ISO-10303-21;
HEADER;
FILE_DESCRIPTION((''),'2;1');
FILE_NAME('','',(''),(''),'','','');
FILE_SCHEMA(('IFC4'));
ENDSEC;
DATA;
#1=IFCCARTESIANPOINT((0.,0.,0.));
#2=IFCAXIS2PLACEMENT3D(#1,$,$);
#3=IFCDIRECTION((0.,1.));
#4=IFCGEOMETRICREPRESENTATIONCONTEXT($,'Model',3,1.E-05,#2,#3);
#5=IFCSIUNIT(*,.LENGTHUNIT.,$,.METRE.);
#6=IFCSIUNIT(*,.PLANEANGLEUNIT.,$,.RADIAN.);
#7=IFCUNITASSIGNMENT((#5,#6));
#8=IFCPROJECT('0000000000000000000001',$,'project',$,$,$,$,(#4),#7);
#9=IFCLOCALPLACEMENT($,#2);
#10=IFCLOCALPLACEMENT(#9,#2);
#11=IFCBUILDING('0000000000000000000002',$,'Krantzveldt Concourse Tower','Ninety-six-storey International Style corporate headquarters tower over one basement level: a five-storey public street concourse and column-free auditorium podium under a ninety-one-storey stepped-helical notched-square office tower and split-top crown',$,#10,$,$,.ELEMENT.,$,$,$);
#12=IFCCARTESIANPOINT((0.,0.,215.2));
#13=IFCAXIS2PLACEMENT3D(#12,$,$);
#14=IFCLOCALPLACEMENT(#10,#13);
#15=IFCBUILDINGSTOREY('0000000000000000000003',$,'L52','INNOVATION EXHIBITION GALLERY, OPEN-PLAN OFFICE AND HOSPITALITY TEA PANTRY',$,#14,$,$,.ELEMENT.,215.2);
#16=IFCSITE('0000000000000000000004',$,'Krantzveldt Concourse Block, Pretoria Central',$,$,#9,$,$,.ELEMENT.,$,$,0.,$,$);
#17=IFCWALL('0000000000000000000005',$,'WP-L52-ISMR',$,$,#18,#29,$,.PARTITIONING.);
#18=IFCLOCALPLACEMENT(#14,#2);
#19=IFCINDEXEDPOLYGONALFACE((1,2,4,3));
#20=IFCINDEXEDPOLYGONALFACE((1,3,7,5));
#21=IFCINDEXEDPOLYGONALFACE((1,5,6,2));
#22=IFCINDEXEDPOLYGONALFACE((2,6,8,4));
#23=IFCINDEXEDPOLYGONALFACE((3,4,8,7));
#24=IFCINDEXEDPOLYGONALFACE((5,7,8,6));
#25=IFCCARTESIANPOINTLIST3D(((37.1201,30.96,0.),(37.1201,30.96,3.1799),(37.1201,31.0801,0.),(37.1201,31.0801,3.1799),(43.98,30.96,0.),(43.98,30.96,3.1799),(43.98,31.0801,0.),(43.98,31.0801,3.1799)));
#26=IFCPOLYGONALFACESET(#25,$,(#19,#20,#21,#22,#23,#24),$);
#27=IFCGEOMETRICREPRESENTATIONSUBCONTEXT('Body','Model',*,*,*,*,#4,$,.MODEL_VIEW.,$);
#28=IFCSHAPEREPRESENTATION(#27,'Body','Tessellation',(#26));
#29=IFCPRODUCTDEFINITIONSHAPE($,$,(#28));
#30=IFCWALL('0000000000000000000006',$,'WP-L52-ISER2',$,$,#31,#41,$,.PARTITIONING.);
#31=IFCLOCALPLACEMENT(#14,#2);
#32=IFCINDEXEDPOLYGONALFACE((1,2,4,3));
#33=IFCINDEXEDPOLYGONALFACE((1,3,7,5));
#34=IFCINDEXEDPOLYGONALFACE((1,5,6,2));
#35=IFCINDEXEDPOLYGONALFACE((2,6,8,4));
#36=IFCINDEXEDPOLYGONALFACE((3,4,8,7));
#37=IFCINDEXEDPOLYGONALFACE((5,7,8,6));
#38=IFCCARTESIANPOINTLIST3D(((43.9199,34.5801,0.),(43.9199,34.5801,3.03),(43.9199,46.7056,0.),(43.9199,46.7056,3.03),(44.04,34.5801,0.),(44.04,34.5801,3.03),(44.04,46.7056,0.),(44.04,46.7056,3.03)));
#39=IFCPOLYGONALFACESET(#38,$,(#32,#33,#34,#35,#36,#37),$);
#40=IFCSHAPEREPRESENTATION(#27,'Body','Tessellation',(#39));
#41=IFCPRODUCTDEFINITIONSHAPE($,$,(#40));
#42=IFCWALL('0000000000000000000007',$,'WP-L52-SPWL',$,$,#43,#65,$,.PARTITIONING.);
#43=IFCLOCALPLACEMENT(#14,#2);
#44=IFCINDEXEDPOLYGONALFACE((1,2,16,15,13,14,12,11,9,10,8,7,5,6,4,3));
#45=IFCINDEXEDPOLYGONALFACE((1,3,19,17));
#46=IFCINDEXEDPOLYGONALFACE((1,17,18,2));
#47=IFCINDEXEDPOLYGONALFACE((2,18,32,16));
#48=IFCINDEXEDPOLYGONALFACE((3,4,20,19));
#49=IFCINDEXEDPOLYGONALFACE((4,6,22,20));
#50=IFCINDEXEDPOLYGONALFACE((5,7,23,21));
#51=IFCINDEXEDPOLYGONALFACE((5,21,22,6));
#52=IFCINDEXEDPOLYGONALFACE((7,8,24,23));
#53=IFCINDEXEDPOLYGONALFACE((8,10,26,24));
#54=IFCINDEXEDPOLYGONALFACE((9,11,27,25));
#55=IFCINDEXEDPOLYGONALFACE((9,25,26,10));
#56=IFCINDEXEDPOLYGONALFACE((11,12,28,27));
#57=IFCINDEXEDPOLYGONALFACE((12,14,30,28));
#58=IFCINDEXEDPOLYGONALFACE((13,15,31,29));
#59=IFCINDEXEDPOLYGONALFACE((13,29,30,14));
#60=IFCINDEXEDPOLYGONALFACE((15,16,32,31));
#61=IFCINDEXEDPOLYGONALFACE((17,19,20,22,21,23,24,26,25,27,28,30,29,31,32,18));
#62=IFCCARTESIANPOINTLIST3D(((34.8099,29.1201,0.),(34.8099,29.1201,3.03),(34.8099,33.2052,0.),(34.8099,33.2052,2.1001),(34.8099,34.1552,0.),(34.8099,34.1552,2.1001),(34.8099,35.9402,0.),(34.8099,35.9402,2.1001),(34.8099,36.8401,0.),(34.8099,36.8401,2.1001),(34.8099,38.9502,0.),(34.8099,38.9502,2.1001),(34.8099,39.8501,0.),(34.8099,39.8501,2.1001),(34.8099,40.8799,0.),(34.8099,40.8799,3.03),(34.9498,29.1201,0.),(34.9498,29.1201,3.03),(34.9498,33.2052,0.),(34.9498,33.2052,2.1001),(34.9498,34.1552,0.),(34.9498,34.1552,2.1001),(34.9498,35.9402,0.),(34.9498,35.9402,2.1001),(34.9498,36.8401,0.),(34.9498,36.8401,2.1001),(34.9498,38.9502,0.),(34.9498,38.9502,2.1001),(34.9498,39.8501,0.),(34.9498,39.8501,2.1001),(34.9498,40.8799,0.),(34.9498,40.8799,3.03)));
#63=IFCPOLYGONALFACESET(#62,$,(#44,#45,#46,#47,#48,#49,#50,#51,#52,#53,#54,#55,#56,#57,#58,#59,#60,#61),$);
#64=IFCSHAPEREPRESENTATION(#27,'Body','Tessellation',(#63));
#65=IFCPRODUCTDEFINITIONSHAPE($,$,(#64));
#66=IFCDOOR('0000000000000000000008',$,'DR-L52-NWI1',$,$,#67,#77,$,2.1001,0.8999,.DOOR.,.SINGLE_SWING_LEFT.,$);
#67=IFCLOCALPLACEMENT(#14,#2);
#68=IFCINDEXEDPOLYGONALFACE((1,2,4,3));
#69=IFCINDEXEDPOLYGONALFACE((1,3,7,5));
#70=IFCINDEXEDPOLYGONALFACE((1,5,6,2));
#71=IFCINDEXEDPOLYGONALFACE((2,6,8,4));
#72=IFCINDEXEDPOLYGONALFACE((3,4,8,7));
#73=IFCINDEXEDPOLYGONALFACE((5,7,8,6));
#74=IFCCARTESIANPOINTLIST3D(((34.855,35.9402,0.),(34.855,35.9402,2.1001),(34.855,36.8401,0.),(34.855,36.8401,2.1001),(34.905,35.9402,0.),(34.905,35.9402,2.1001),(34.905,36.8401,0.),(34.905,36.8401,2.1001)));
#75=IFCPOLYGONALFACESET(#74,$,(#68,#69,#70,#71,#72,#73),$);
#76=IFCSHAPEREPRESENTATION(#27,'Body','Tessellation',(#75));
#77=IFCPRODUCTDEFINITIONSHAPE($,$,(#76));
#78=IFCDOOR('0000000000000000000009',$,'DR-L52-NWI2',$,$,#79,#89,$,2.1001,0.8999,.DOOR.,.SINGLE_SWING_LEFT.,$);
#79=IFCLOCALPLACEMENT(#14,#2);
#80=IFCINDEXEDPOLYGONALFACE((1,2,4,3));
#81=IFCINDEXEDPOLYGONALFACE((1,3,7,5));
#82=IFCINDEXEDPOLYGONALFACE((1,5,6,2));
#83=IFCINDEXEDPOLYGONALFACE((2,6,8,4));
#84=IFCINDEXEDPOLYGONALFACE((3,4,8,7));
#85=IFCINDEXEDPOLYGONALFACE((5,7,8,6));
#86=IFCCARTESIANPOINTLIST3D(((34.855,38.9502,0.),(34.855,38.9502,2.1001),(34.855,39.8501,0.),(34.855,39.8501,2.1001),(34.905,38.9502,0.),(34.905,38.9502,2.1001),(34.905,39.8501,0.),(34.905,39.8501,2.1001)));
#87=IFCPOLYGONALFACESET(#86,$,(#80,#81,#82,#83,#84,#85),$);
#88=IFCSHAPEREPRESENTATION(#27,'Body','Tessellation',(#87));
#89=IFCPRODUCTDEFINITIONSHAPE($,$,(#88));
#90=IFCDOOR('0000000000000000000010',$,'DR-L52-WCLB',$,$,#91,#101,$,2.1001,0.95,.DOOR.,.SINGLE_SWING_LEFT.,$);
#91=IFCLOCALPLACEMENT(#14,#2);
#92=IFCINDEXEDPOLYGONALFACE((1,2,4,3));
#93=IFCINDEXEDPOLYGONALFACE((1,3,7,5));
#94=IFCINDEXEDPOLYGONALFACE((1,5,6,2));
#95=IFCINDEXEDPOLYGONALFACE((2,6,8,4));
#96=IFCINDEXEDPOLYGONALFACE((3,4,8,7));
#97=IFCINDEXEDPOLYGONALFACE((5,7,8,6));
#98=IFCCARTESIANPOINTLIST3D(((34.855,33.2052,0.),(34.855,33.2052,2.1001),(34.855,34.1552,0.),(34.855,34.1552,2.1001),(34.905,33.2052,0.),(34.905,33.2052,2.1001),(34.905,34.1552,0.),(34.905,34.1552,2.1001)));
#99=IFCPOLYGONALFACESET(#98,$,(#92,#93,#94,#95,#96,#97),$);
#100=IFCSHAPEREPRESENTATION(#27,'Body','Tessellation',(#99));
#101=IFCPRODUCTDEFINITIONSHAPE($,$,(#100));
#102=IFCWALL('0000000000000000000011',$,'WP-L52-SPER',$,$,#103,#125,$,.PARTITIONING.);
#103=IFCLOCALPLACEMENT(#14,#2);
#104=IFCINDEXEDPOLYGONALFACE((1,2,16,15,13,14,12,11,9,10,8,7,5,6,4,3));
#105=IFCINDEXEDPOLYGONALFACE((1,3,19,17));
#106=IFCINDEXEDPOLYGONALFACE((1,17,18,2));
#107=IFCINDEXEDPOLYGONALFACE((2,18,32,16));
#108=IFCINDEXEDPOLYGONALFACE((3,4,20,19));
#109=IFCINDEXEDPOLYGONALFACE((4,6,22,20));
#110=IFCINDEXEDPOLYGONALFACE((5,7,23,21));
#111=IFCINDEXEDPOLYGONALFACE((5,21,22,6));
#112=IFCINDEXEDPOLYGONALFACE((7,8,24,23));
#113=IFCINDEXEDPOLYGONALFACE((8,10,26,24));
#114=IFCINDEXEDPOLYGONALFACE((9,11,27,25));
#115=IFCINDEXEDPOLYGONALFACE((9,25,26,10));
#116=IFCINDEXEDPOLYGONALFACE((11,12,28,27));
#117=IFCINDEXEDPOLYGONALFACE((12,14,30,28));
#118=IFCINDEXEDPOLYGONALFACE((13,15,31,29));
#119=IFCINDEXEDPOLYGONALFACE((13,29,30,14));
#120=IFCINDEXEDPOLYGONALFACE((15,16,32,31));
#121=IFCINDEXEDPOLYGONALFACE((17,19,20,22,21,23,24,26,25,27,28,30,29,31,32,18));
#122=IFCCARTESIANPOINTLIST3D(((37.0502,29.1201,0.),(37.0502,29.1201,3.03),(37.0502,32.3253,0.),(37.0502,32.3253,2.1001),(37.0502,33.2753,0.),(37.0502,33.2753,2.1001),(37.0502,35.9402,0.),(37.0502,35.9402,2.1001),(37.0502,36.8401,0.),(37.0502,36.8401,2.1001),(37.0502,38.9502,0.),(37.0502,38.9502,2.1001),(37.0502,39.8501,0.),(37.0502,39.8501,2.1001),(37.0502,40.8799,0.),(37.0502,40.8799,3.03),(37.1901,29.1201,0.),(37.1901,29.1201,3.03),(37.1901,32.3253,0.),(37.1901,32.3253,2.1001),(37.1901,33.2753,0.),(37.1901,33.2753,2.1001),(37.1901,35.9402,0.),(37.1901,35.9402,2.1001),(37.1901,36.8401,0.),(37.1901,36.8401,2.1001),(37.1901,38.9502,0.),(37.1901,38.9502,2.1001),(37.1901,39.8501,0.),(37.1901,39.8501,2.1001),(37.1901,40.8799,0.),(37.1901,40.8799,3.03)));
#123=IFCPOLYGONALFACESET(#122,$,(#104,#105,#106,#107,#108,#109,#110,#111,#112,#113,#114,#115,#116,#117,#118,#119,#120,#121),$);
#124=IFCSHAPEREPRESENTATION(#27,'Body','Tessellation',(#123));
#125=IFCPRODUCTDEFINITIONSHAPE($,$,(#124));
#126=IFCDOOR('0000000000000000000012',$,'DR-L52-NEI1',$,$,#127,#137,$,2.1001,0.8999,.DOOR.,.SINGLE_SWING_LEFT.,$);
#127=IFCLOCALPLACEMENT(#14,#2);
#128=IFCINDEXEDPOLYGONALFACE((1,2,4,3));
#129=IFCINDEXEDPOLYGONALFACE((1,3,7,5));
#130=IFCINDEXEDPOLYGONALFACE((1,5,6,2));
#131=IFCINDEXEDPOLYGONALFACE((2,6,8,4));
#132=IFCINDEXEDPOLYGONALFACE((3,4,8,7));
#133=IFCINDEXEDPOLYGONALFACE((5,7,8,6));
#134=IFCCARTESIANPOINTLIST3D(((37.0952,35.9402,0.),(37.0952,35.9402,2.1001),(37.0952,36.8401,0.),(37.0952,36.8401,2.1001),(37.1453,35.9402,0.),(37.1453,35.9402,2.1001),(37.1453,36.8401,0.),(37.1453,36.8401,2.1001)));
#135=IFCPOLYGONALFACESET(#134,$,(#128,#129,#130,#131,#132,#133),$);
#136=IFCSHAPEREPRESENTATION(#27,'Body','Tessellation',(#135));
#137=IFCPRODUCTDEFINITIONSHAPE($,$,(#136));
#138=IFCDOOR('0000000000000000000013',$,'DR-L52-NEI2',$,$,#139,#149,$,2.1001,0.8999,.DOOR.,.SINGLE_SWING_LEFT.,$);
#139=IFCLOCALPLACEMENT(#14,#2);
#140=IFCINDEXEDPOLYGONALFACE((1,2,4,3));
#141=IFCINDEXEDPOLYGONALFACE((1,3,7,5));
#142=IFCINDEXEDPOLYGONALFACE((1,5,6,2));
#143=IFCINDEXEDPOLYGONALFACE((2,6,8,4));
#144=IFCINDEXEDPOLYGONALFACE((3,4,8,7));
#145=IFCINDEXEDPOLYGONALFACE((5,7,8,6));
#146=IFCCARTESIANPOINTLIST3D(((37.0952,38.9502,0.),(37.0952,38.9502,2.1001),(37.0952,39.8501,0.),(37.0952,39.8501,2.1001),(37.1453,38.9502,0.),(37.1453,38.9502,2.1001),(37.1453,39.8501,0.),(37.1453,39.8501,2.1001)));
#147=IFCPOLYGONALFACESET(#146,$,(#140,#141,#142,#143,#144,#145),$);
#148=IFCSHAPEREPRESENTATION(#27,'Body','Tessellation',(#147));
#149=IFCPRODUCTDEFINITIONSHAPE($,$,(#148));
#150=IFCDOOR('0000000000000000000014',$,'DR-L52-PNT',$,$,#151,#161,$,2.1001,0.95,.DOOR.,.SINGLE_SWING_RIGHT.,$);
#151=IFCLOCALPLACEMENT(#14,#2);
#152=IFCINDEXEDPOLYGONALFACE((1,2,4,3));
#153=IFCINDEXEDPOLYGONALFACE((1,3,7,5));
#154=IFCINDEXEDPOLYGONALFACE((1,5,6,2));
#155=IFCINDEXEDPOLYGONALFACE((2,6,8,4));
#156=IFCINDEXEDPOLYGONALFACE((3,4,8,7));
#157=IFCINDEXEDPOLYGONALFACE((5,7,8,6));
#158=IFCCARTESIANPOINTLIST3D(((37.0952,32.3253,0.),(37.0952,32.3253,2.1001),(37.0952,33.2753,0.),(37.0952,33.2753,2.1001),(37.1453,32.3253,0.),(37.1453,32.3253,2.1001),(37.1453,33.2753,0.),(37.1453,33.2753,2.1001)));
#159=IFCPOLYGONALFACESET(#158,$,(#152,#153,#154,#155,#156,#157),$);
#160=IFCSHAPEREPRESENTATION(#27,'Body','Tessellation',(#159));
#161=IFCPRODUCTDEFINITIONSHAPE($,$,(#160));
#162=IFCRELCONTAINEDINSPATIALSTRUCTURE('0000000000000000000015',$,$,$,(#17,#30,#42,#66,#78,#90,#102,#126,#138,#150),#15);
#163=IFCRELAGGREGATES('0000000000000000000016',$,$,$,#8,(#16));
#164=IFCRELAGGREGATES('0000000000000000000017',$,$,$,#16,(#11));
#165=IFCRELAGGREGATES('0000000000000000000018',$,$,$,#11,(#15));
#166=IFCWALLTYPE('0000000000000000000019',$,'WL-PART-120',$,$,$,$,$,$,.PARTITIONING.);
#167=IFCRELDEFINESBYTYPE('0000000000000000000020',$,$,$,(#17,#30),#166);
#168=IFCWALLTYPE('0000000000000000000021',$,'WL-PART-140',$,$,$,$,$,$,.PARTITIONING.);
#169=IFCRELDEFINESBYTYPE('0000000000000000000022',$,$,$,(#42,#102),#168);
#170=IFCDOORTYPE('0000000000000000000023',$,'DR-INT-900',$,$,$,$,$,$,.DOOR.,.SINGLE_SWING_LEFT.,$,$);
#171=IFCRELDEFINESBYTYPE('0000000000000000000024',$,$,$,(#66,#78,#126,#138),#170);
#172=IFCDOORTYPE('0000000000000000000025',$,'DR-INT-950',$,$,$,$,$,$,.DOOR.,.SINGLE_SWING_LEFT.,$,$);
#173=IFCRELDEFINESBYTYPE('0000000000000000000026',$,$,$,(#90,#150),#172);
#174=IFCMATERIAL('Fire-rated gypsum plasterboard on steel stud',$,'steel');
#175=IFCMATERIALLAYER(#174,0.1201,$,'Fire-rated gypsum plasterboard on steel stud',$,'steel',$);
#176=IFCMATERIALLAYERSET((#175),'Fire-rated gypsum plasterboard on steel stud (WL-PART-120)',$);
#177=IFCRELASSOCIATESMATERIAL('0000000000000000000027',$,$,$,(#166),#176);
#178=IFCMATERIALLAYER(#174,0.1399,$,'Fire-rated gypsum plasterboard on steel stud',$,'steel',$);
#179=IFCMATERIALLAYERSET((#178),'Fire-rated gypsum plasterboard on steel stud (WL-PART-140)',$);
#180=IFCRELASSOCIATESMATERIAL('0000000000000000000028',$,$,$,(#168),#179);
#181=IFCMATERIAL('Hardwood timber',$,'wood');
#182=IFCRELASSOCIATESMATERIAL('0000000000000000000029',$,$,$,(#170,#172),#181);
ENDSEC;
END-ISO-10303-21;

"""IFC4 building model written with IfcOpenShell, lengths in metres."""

from ifc_helpers import new_model, si_unit, direction, frame, frame_2d, origin, place, context, subcontext, project, spatial, rectangle, extrude, material, layer, layer_set, type_object, element, fill, save


model = new_model("IFC4")

# Units and contexts
model_context = context("Model", 3, precision=1e-05, world=origin(), true_north=direction((0.0, 1.0)))
body_context = subcontext(model_context, "Body", "Model", "MODEL_VIEW")
ifc_project = project(units=[si_unit("LENGTHUNIT", "METRE"), si_unit("PLANEANGLEUNIT", "RADIAN")], contexts=[model_context])

# Site, building, storey
site_placement = place(None, origin())
site = spatial("IfcSite", under=ifc_project, at=site_placement, Name="Krantzveldt Concourse Block, Pretoria Central", CompositionType="ELEMENT", RefElevation=0.0)
building_placement = place(site_placement, origin())
building = spatial("IfcBuilding", under=site, at=building_placement, Name="Krantzveldt Concourse Tower", Description="Ninety-six-storey International Style corporate headquarters tower over one basement level: a five-storey public street concourse and column-free auditorium podium under a ninety-one-storey stepped-helical notched-square office tower and split-top crown", CompositionType="ELEMENT")
storey_placement = place(building_placement, frame((0.0, 0.0, 215.2)))
storey = spatial("IfcBuildingStorey", under=building, at=storey_placement, Name="L52", Description="INNOVATION EXHIBITION GALLERY, OPEN-PLAN OFFICE AND HOSPITALITY TEA PANTRY", CompositionType="ELEMENT", Elevation=215.2)

# Walls
ifc_material_1 = material(Name="Fire-rated gypsum plasterboard on steel stud", Category="steel")
ifc_layer_1 = layer(ifc_material_1, 0.1201, Name="Fire-rated gypsum plasterboard on steel stud", Category="steel")
ifc_layer_set_1 = layer_set([ifc_layer_1], Name="Fire-rated gypsum plasterboard on steel stud (WL-PART-120)")
wall_type_1 = type_object("IfcWallType", Name="WL-PART-120", PredefinedType="PARTITIONING", material=ifc_layer_set_1)
wall_1_placement = place(storey_placement, frame((37.1201, 31.02, 0.0), z_axis=(0.0, 0.0, 1.0), x_axis=(1.0, 0.0, 0.0)))
element("IfcWall", 1, at=wall_1_placement, inside=storey, type_object=wall_type_1, Name="WP-L52-ISMR", PredefinedType="PARTITIONING", context=body_context, shape_type="SweptSolid", body=[
    extrude(rectangle(XDim=6.8599, YDim=0.1201, at=frame_2d((3.4299, 0.0))), origin(), (0.0, 0.0, 1.0), 3.1799),
])
wall_2_placement = place(storey_placement, frame((43.98, 34.5801, 0.0), z_axis=(0.0, 0.0, 1.0), x_axis=(0.0, 1.0, 0.0)))
element("IfcWall", 2, at=wall_2_placement, inside=storey, type_object=wall_type_1, Name="WP-L52-ISER2", PredefinedType="PARTITIONING", context=body_context, shape_type="SweptSolid", body=[
    extrude(rectangle(XDim=12.1255, YDim=0.1201, at=frame_2d((6.0627, 0.0))), origin(), (0.0, 0.0, 1.0), 3.03),
])

# Walls, openings, doors
ifc_layer_2 = layer(ifc_material_1, 0.1399, Name="Fire-rated gypsum plasterboard on steel stud", Category="steel")
ifc_layer_set_2 = layer_set([ifc_layer_2], Name="Fire-rated gypsum plasterboard on steel stud (WL-PART-140)")
wall_type_2 = type_object("IfcWallType", Name="WL-PART-140", PredefinedType="PARTITIONING", material=ifc_layer_set_2)
wall_3_placement = place(storey_placement, frame((34.8799, 29.1201, 0.0), z_axis=(0.0, 0.0, 1.0), x_axis=(0.0, 1.0, 0.0)))
wall_3 = element("IfcWall", 3, at=wall_3_placement, inside=storey, type_object=wall_type_2, Name="WP-L52-SPWL", PredefinedType="PARTITIONING", context=body_context, shape_type="SweptSolid", body=[
    extrude(rectangle(XDim=11.7598, YDim=0.1399, at=frame_2d((5.8799, 0.0))), origin(), (0.0, 0.0, 1.0), 3.03),
])
opening_1_placement = place(wall_3_placement, frame((4.085, 0.0, 0.0)))
opening_1 = element("IfcOpeningElement", 4, at=opening_1_placement, cuts=wall_3, PredefinedType="OPENING", context=body_context, shape_type="SweptSolid", body=[
    extrude(rectangle(XDim=0.95, YDim=2.1001, at=frame_2d((0.4751, 1.05))), frame((0.0, 0.0801, 0.0), z_axis=(0.0, -1.0, 0.0), x_axis=(1.0, 0.0, 0.0)), (0.0, 0.0, 1.0), 0.1599),
])
opening_2_placement = place(wall_3_placement, frame((6.8201, 0.0, 0.0)))
opening_2 = element("IfcOpeningElement", 5, at=opening_2_placement, cuts=wall_3, PredefinedType="OPENING", context=body_context, shape_type="SweptSolid", body=[
    extrude(rectangle(XDim=0.8999, YDim=2.1001, at=frame_2d((0.45, 1.05))), frame((0.0, 0.0801, 0.0), z_axis=(0.0, -1.0, 0.0), x_axis=(1.0, 0.0, 0.0)), (0.0, 0.0, 1.0), 0.1599),
])
opening_3_placement = place(wall_3_placement, frame((9.8301, 0.0, 0.0)))
opening_3 = element("IfcOpeningElement", 6, at=opening_3_placement, cuts=wall_3, PredefinedType="OPENING", context=body_context, shape_type="SweptSolid", body=[
    extrude(rectangle(XDim=0.8999, YDim=2.1001, at=frame_2d((0.45, 1.05))), frame((0.0, 0.0801, 0.0), z_axis=(0.0, -1.0, 0.0), x_axis=(1.0, 0.0, 0.0)), (0.0, 0.0, 1.0), 0.1599),
])
ifc_material_2 = material(Name="Hardwood timber", Category="wood")
door_type_1 = type_object("IfcDoorType", Name="DR-INT-900", OperationType="SINGLE_SWING_LEFT", PredefinedType="DOOR", material=ifc_material_2)
door_1_placement = place(opening_2_placement, origin())
door_1 = element("IfcDoor", 7, at=door_1_placement, inside=storey, type_object=door_type_1, Name="DR-L52-NWI1", OperationType="SINGLE_SWING_LEFT", OverallHeight=2.1001, OverallWidth=0.8999, PredefinedType="DOOR", context=body_context, shape_type="SweptSolid", body=[
    extrude(rectangle(XDim=0.8999, YDim=2.1001, at=frame_2d((0.45, 1.05))), frame((0.0, 0.0249, 0.0), z_axis=(0.0, -1.0, 0.0), x_axis=(1.0, 0.0, 0.0)), (0.0, 0.0, 1.0), 0.05),
])
fill(opening_2, door_1)
door_2_placement = place(opening_3_placement, origin())
door_2 = element("IfcDoor", 8, at=door_2_placement, inside=storey, type_object=door_type_1, Name="DR-L52-NWI2", OperationType="SINGLE_SWING_LEFT", OverallHeight=2.1001, OverallWidth=0.8999, PredefinedType="DOOR", context=body_context, shape_type="SweptSolid", body=[
    extrude(rectangle(XDim=0.8999, YDim=2.1001, at=frame_2d((0.45, 1.05))), frame((0.0, 0.0249, 0.0), z_axis=(0.0, -1.0, 0.0), x_axis=(1.0, 0.0, 0.0)), (0.0, 0.0, 1.0), 0.05),
])
fill(opening_3, door_2)
door_type_2 = type_object("IfcDoorType", Name="DR-INT-950", OperationType="SINGLE_SWING_LEFT", PredefinedType="DOOR", material=ifc_material_2)
door_3_placement = place(opening_1_placement, origin())
door_3 = element("IfcDoor", 9, at=door_3_placement, inside=storey, type_object=door_type_2, Name="DR-L52-WCLB", OperationType="SINGLE_SWING_LEFT", OverallHeight=2.1001, OverallWidth=0.95, PredefinedType="DOOR", context=body_context, shape_type="SweptSolid", body=[
    extrude(rectangle(XDim=0.95, YDim=2.1001, at=frame_2d((0.4751, 1.05))), frame((0.0, 0.0249, 0.0), z_axis=(0.0, -1.0, 0.0), x_axis=(1.0, 0.0, 0.0)), (0.0, 0.0, 1.0), 0.05),
])
fill(opening_1, door_3)
wall_4_placement = place(storey_placement, frame((37.1201, 29.1201, 0.0), z_axis=(0.0, 0.0, 1.0), x_axis=(0.0, 1.0, 0.0)))
wall_4 = element("IfcWall", 10, at=wall_4_placement, inside=storey, type_object=wall_type_2, Name="WP-L52-SPER", PredefinedType="PARTITIONING", context=body_context, shape_type="SweptSolid", body=[
    extrude(rectangle(XDim=11.7598, YDim=0.1399, at=frame_2d((5.8799, 0.0))), origin(), (0.0, 0.0, 1.0), 3.03),
])
opening_4_placement = place(wall_4_placement, frame((3.2051, 0.0, 0.0)))
opening_4 = element("IfcOpeningElement", 11, at=opening_4_placement, cuts=wall_4, PredefinedType="OPENING", context=body_context, shape_type="SweptSolid", body=[
    extrude(rectangle(XDim=0.95, YDim=2.1001, at=frame_2d((0.4751, 1.05))), frame((0.0, 0.0801, 0.0), z_axis=(0.0, -1.0, 0.0), x_axis=(1.0, 0.0, 0.0)), (0.0, 0.0, 1.0), 0.1599),
])
opening_5_placement = place(wall_4_placement, frame((6.8201, 0.0, 0.0)))
opening_5 = element("IfcOpeningElement", 12, at=opening_5_placement, cuts=wall_4, PredefinedType="OPENING", context=body_context, shape_type="SweptSolid", body=[
    extrude(rectangle(XDim=0.8999, YDim=2.1001, at=frame_2d((0.45, 1.05))), frame((0.0, 0.0801, 0.0), z_axis=(0.0, -1.0, 0.0), x_axis=(1.0, 0.0, 0.0)), (0.0, 0.0, 1.0), 0.1599),
])
opening_6_placement = place(wall_4_placement, frame((9.8301, 0.0, 0.0)))
opening_6 = element("IfcOpeningElement", 13, at=opening_6_placement, cuts=wall_4, PredefinedType="OPENING", context=body_context, shape_type="SweptSolid", body=[
    extrude(rectangle(XDim=0.8999, YDim=2.1001, at=frame_2d((0.45, 1.05))), frame((0.0, 0.0801, 0.0), z_axis=(0.0, -1.0, 0.0), x_axis=(1.0, 0.0, 0.0)), (0.0, 0.0, 1.0), 0.1599),
])
door_4_placement = place(opening_5_placement, origin())
door_4 = element("IfcDoor", 14, at=door_4_placement, inside=storey, type_object=door_type_1, Name="DR-L52-NEI1", OperationType="SINGLE_SWING_LEFT", OverallHeight=2.1001, OverallWidth=0.8999, PredefinedType="DOOR", context=body_context, shape_type="SweptSolid", body=[
    extrude(rectangle(XDim=0.8999, YDim=2.1001, at=frame_2d((0.45, 1.05))), frame((0.0, 0.0249, 0.0), z_axis=(0.0, -1.0, 0.0), x_axis=(1.0, 0.0, 0.0)), (0.0, 0.0, 1.0), 0.05),
])
fill(opening_5, door_4)
door_5_placement = place(opening_6_placement, origin())
door_5 = element("IfcDoor", 15, at=door_5_placement, inside=storey, type_object=door_type_1, Name="DR-L52-NEI2", OperationType="SINGLE_SWING_LEFT", OverallHeight=2.1001, OverallWidth=0.8999, PredefinedType="DOOR", context=body_context, shape_type="SweptSolid", body=[
    extrude(rectangle(XDim=0.8999, YDim=2.1001, at=frame_2d((0.45, 1.05))), frame((0.0, 0.0249, 0.0), z_axis=(0.0, -1.0, 0.0), x_axis=(1.0, 0.0, 0.0)), (0.0, 0.0, 1.0), 0.05),
])
fill(opening_6, door_5)
door_6_placement = place(opening_4_placement, origin())
door_6 = element("IfcDoor", 16, at=door_6_placement, inside=storey, type_object=door_type_2, Name="DR-L52-PNT", OperationType="SINGLE_SWING_RIGHT", OverallHeight=2.1001, OverallWidth=0.95, PredefinedType="DOOR", context=body_context, shape_type="SweptSolid", body=[
    extrude(rectangle(XDim=0.95, YDim=2.1001, at=frame_2d((0.4751, 1.05))), frame((0.0, 0.0249, 0.0), z_axis=(0.0, -1.0, 0.0), x_axis=(1.0, 0.0, 0.0)), (0.0, 0.0, 1.0), 0.05),
])
fill(opening_4, door_6)

save(model, "model.ifc")
